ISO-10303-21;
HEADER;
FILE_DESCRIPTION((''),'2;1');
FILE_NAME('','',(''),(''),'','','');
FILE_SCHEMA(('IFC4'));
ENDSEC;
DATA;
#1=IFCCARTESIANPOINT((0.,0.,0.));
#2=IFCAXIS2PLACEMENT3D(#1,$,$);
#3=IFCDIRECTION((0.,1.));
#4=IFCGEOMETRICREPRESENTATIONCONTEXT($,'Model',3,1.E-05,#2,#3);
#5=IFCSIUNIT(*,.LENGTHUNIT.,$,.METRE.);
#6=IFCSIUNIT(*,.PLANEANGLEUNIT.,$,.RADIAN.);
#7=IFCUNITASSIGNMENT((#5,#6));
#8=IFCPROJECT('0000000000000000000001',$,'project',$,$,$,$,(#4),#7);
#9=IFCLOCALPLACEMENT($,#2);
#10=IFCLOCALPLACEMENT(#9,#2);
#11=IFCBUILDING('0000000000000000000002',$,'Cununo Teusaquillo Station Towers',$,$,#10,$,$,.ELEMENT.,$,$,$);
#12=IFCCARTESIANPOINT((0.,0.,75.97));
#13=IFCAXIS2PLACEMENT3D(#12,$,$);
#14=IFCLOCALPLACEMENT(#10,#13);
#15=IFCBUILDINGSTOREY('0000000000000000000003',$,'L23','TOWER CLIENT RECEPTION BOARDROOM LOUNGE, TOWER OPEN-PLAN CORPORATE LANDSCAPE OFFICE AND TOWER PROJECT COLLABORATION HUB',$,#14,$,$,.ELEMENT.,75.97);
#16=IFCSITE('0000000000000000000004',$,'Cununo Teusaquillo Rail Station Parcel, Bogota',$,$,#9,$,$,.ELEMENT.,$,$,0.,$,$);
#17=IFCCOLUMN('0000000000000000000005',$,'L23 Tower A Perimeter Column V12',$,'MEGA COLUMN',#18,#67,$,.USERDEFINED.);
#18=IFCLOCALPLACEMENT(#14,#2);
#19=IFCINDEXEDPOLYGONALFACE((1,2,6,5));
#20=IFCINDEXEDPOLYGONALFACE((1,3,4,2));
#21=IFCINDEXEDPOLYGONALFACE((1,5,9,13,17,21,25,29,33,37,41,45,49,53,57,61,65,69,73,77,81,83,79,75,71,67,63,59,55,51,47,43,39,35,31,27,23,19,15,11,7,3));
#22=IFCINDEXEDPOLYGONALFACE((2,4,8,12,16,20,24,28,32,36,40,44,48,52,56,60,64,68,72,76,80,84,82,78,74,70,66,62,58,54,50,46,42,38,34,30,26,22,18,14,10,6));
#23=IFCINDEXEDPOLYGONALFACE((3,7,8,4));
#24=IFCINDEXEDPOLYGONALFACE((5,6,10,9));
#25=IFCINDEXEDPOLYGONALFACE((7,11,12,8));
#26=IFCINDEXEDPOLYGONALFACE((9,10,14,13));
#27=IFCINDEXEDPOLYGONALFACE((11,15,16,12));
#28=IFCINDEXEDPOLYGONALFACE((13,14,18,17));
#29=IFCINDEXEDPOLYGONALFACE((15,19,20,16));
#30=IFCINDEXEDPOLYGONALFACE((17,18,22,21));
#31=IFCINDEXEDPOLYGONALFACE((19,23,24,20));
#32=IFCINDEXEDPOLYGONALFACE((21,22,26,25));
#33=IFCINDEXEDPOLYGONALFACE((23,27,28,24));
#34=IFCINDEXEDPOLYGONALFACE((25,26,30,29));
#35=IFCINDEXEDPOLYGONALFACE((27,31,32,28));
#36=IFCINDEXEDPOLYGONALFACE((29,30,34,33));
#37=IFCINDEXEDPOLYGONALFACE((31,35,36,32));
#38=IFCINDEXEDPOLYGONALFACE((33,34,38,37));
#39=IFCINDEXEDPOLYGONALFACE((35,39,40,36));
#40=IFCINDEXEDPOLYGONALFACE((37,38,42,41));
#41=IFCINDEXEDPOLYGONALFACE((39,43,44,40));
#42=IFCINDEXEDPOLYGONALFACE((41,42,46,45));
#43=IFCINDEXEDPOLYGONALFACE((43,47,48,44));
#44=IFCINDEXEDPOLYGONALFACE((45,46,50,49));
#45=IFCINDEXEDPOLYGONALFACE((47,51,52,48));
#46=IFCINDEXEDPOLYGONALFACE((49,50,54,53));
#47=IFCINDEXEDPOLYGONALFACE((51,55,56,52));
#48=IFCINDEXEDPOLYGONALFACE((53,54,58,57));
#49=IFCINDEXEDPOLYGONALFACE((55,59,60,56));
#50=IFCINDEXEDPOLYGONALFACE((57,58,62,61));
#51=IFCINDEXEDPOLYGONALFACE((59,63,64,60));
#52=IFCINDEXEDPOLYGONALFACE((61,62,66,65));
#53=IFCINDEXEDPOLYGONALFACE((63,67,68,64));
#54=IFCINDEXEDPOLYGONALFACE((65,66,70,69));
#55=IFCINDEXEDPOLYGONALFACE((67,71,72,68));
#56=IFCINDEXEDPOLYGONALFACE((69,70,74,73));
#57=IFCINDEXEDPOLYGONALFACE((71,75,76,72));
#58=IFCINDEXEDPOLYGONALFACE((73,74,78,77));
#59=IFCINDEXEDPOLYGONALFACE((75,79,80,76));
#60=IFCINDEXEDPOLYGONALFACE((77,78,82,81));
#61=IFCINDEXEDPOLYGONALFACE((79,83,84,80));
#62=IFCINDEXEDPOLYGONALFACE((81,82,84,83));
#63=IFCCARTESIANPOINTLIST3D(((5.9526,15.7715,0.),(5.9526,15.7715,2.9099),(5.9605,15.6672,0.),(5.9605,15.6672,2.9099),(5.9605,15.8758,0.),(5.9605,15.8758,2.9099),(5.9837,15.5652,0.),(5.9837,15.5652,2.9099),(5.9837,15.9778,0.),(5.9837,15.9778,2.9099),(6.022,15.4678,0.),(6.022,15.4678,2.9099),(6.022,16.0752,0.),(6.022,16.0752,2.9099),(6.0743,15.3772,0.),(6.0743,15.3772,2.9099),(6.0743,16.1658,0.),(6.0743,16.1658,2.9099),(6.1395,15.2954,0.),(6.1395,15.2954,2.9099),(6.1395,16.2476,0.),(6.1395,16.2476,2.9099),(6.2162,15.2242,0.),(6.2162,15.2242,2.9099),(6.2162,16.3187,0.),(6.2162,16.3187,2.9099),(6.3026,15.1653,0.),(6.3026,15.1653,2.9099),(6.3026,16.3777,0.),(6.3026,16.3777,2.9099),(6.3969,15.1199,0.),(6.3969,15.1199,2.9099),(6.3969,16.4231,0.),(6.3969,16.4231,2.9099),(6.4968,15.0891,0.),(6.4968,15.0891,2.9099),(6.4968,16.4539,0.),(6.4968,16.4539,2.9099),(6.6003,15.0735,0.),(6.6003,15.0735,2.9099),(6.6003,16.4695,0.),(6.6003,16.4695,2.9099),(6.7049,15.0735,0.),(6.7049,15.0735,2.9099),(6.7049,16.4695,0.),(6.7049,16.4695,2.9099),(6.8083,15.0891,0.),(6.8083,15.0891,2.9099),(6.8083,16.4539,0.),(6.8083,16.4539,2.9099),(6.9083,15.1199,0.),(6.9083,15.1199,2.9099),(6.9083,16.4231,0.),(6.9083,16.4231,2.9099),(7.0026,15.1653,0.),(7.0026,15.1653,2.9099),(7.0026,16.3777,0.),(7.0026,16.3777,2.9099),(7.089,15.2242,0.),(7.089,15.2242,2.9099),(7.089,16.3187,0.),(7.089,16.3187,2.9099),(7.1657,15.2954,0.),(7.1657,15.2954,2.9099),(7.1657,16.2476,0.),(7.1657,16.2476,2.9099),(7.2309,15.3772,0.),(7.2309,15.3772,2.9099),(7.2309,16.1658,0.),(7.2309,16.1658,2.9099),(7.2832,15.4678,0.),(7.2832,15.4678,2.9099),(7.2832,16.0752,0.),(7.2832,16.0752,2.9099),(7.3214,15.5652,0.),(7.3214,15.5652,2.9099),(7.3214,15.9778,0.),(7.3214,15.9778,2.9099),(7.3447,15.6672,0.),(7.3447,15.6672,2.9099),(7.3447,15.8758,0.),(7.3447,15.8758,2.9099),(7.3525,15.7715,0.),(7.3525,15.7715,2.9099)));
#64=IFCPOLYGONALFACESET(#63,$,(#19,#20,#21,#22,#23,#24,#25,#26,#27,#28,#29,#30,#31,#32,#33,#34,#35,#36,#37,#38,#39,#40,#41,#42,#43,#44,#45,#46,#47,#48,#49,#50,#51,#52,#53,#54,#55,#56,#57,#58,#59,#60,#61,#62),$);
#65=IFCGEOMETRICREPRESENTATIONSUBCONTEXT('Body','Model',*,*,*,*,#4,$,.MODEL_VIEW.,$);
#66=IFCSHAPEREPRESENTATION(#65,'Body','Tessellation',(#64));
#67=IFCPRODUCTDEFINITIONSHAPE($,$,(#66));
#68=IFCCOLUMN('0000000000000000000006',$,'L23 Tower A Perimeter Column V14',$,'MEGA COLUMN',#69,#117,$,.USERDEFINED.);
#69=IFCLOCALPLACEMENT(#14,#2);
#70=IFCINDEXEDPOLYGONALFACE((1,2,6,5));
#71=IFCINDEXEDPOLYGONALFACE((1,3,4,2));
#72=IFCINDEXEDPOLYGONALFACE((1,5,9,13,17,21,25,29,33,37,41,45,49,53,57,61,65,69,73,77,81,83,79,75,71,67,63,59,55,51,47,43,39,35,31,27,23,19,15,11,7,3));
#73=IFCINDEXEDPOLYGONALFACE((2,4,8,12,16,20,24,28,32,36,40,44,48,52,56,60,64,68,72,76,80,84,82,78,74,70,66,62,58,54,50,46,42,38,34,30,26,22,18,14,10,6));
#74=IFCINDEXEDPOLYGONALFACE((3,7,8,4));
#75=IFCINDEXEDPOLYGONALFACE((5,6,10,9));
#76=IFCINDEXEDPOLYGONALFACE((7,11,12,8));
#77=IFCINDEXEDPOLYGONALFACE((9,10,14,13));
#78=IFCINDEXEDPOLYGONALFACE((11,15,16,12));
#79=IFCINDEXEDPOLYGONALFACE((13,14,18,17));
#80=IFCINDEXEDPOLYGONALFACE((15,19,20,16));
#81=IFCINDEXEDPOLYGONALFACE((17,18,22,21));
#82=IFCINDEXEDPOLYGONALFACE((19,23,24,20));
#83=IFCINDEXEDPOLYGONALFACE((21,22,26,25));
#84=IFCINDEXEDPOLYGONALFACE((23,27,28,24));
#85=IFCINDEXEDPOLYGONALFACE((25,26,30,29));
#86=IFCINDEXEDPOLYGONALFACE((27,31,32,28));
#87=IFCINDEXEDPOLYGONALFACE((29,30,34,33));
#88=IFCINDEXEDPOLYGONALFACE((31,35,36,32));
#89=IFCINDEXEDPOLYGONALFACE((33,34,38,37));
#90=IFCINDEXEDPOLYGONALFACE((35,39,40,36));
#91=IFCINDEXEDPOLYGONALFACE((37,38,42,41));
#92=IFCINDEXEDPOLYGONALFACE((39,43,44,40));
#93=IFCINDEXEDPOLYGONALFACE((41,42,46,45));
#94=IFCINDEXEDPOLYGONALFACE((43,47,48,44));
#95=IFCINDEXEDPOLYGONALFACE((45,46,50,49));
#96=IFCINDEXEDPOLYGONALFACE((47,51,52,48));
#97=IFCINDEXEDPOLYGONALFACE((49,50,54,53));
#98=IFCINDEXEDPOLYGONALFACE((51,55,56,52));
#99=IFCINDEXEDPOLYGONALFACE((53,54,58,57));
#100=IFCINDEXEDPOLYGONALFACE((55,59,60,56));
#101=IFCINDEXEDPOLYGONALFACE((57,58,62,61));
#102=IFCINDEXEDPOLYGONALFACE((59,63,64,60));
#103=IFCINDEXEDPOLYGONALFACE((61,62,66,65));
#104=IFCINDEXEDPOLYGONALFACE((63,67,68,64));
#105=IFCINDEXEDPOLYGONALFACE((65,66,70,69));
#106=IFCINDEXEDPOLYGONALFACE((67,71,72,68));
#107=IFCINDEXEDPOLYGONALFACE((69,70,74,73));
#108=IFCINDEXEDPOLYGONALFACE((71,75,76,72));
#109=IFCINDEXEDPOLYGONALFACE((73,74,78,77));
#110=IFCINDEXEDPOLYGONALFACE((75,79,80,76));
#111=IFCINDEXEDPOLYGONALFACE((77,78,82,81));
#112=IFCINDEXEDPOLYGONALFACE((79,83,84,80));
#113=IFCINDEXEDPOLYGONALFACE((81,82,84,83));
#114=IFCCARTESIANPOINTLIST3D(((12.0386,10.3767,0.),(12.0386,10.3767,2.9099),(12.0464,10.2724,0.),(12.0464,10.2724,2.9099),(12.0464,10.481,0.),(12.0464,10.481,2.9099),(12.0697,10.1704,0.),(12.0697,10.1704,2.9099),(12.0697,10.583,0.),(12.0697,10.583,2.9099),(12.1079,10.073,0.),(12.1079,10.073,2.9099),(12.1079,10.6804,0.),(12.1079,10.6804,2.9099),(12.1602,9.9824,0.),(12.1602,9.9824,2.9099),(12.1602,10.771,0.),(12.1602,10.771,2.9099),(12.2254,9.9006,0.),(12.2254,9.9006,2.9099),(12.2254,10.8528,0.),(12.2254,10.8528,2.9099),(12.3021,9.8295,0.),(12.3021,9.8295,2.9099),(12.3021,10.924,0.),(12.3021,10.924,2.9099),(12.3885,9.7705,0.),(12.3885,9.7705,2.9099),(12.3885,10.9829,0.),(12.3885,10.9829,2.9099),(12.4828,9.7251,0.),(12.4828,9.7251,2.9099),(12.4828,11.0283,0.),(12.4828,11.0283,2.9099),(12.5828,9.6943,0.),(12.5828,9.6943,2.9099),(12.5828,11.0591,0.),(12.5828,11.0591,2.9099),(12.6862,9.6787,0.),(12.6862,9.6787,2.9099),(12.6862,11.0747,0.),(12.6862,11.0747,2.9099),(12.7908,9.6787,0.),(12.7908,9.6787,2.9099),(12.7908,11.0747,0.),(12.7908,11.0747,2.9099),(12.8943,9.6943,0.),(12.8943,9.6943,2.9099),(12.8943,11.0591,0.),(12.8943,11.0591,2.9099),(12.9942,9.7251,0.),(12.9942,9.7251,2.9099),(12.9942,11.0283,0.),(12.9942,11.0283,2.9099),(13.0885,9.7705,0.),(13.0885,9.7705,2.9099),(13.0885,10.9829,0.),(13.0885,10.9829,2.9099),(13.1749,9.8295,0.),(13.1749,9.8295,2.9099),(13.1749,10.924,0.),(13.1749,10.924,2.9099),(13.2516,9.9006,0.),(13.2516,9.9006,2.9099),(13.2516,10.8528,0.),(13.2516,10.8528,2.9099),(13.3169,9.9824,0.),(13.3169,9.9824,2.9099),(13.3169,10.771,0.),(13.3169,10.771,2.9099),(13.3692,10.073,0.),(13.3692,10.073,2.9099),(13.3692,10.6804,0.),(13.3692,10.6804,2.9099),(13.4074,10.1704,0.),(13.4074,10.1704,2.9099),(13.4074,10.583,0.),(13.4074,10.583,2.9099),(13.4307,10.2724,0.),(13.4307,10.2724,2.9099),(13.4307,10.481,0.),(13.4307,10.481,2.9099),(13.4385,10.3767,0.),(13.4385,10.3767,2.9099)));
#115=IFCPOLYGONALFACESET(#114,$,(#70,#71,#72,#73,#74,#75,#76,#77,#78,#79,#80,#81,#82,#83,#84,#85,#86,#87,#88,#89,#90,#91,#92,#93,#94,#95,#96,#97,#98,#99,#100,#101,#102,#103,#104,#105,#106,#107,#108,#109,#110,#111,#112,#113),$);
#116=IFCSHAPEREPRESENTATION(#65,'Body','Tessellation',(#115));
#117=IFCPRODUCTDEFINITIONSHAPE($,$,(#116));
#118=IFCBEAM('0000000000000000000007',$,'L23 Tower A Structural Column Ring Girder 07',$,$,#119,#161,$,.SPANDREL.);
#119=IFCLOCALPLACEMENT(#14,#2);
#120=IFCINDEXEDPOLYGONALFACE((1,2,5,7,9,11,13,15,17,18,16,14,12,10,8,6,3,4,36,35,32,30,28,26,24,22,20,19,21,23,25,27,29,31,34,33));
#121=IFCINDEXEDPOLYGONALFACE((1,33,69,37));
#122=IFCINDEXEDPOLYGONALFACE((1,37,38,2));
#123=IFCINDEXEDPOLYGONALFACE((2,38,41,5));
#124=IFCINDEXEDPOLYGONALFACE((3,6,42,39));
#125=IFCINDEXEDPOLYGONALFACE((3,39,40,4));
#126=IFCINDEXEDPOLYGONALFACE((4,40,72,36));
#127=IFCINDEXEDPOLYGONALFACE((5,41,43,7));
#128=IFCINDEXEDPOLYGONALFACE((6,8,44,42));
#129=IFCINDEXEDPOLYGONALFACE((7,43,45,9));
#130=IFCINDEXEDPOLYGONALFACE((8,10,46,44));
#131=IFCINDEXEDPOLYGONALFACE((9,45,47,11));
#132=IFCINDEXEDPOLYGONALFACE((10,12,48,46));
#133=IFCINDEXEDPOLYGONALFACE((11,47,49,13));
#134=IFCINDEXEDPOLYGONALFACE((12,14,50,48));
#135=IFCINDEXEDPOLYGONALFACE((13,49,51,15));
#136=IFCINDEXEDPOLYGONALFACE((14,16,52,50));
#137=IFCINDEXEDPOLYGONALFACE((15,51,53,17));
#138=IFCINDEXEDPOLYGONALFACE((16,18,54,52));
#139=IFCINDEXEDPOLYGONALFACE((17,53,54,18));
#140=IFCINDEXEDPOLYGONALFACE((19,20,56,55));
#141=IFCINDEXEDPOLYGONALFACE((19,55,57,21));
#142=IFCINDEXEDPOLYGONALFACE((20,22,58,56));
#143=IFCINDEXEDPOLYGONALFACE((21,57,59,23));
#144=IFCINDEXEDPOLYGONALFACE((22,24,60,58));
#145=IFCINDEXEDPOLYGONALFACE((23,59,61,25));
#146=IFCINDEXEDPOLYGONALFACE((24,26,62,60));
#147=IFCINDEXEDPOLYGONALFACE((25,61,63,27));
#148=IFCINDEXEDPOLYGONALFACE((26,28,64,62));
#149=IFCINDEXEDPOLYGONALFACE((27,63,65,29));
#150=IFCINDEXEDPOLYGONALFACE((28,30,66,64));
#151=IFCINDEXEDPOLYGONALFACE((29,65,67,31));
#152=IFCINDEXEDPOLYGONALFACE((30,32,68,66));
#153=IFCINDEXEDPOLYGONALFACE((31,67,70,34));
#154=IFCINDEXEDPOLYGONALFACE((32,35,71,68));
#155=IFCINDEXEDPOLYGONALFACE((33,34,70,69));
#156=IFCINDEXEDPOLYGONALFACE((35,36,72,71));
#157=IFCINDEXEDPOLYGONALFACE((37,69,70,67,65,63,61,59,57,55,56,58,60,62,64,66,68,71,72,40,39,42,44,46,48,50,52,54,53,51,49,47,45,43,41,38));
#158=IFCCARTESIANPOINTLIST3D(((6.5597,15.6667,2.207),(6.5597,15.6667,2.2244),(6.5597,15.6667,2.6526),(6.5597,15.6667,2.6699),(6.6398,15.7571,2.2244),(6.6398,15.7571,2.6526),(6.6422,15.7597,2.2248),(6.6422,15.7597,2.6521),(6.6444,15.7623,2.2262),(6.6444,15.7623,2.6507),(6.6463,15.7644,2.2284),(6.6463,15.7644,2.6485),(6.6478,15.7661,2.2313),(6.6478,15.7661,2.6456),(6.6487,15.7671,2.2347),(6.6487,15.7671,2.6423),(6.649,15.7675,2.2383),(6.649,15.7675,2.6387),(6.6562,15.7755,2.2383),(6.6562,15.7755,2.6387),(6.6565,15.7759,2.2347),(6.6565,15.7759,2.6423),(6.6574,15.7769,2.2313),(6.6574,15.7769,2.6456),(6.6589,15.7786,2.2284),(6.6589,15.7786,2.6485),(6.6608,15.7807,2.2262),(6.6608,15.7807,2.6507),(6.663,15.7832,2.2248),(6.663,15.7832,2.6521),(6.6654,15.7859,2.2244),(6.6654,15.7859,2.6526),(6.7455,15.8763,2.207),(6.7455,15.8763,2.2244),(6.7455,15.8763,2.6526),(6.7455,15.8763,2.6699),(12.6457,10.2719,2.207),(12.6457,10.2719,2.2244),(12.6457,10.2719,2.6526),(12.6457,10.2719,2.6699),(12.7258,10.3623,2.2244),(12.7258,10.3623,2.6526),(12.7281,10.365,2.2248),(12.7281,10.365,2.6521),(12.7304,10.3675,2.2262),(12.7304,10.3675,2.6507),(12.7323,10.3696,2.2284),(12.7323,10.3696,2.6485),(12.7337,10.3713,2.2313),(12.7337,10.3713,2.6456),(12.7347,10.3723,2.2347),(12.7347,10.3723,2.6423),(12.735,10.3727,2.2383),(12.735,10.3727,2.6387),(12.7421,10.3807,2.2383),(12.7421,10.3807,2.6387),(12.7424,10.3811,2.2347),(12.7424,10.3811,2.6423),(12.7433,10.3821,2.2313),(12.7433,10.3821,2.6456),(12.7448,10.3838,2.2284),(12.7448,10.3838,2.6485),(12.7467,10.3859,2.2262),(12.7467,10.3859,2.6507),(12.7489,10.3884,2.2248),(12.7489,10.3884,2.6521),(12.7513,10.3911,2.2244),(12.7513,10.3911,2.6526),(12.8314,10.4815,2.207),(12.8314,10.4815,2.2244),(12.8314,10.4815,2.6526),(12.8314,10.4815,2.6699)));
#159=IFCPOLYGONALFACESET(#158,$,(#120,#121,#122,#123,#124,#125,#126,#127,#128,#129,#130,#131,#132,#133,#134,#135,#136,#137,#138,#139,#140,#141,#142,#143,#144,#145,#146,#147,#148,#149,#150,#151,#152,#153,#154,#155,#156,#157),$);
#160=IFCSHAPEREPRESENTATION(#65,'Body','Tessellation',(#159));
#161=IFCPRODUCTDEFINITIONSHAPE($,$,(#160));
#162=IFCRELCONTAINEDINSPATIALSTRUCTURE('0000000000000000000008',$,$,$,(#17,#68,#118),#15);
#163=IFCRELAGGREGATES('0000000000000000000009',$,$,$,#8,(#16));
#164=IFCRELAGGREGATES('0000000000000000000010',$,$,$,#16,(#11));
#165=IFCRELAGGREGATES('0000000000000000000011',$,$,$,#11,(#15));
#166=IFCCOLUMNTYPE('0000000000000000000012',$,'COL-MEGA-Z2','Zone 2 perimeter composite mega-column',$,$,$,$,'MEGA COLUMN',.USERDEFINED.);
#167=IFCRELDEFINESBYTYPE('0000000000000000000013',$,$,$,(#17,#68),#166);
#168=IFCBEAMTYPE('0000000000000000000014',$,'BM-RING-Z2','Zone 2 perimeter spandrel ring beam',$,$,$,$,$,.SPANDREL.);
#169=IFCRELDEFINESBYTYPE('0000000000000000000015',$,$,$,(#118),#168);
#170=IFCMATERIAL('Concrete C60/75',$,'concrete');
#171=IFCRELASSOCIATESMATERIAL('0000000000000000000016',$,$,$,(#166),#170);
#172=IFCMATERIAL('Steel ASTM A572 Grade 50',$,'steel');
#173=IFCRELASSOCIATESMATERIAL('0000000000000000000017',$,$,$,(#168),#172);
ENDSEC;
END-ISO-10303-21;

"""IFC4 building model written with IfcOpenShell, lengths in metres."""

from ifc_helpers import new_model, si_unit, direction, frame, origin, origin_2d, place, context, subcontext, project, spatial, circle, i_section, extrude, material, material_profile, profile_set, type_object, element, save


model = new_model("IFC4")

# Units and contexts
model_context = context("Model", 3, precision=1e-05, world=origin(), true_north=direction((0.0, 1.0)))
body_context = subcontext(model_context, "Body", "Model", "MODEL_VIEW")
ifc_project = project(units=[si_unit("LENGTHUNIT", "METRE"), si_unit("PLANEANGLEUNIT", "RADIAN")], contexts=[model_context])

# Site, building, storey
site_placement = place(None, origin())
site = spatial("IfcSite", under=ifc_project, at=site_placement, Name="Cununo Teusaquillo Rail Station Parcel, Bogota", CompositionType="ELEMENT", RefElevation=0.0)
building_placement = place(site_placement, origin())
building = spatial("IfcBuilding", under=site, at=building_placement, Name="Cununo Teusaquillo Station Towers", CompositionType="ELEMENT")
storey_placement = place(building_placement, frame((0.0, 0.0, 75.97)))
storey = spatial("IfcBuildingStorey", under=building, at=storey_placement, Name="L23", Description="TOWER CLIENT RECEPTION BOARDROOM LOUNGE, TOWER OPEN-PLAN CORPORATE LANDSCAPE OFFICE AND TOWER PROJECT COLLABORATION HUB", CompositionType="ELEMENT", Elevation=75.97)

# Columns
ifc_material_1 = material(Name="Concrete C60/75", Category="concrete")
ifc_material_profile_1 = material_profile(ifc_material_1, circle(Radius=0.7, at=origin_2d()), Name="RC-CIRC-1400")
ifc_profile_set_1 = profile_set([ifc_material_profile_1], Name="Concrete C60/75")
column_type = type_object("IfcColumnType", Name="COL-MEGA-Z2", Description="Zone 2 perimeter composite mega-column", ElementType="MEGA COLUMN", PredefinedType="USERDEFINED", material=ifc_profile_set_1)
for number, where, z_axis, x_axis, name in (
    (1, (6.6526, 15.7715, 0.0), (0.0, 0.0, 1.0), (1.0, 0.0, 0.0), "L23 Tower A Perimeter Column V12"),
    (2, (12.7385, 10.3767, 0.0), (0.0, 0.0, 1.0), (1.0, 0.0, 0.0), "L23 Tower A Perimeter Column V14"),
):
    element("IfcColumn", number, at=place(storey_placement, frame(where, z_axis=z_axis, x_axis=x_axis)), inside=storey, type_object=column_type, Name=name, ObjectType="MEGA COLUMN", PredefinedType="USERDEFINED", context=body_context, shape_type="SweptSolid", body=[
        extrude(circle(Radius=0.7, at=origin_2d()), origin(), (0.0, 0.0, 1.0), 2.9099),
    ])

# Beam
ifc_material_2 = material(Name="Steel ASTM A572 Grade 50", Category="steel")
ifc_material_profile_2 = material_profile(ifc_material_2, i_section(OverallWidth=0.28, OverallDepth=0.4629, WebThickness=0.0107, FlangeThickness=0.0173, FilletRadius=0.0139, at=origin_2d()), Name="W18X76")
ifc_profile_set_2 = profile_set([ifc_material_profile_2], Name="Steel ASTM A572 Grade 50")
beam_type_1 = type_object("IfcBeamType", Name="BM-RING-Z2", Description="Zone 2 perimeter spandrel ring beam", PredefinedType="SPANDREL", material=ifc_profile_set_2)
beam_1_placement = place(storey_placement, frame((6.6526, 15.7715, 2.4385), z_axis=(0.748321, -0.663337, 0.0), x_axis=(0.663337, 0.748321, 0.0)))
element("IfcBeam", 3, at=beam_1_placement, inside=storey, type_object=beam_type_1, Name="L23 Tower A Structural Column Ring Girder 07", PredefinedType="SPANDREL", context=body_context, shape_type="SweptSolid", body=[
    extrude(i_section(OverallWidth=0.28, OverallDepth=0.4629, WebThickness=0.0107, FlangeThickness=0.0173, FilletRadius=0.0139, at=origin_2d()), origin(), (0.0, 0.0, 1.0), 8.1328),
])

save(model, "model.ifc")
